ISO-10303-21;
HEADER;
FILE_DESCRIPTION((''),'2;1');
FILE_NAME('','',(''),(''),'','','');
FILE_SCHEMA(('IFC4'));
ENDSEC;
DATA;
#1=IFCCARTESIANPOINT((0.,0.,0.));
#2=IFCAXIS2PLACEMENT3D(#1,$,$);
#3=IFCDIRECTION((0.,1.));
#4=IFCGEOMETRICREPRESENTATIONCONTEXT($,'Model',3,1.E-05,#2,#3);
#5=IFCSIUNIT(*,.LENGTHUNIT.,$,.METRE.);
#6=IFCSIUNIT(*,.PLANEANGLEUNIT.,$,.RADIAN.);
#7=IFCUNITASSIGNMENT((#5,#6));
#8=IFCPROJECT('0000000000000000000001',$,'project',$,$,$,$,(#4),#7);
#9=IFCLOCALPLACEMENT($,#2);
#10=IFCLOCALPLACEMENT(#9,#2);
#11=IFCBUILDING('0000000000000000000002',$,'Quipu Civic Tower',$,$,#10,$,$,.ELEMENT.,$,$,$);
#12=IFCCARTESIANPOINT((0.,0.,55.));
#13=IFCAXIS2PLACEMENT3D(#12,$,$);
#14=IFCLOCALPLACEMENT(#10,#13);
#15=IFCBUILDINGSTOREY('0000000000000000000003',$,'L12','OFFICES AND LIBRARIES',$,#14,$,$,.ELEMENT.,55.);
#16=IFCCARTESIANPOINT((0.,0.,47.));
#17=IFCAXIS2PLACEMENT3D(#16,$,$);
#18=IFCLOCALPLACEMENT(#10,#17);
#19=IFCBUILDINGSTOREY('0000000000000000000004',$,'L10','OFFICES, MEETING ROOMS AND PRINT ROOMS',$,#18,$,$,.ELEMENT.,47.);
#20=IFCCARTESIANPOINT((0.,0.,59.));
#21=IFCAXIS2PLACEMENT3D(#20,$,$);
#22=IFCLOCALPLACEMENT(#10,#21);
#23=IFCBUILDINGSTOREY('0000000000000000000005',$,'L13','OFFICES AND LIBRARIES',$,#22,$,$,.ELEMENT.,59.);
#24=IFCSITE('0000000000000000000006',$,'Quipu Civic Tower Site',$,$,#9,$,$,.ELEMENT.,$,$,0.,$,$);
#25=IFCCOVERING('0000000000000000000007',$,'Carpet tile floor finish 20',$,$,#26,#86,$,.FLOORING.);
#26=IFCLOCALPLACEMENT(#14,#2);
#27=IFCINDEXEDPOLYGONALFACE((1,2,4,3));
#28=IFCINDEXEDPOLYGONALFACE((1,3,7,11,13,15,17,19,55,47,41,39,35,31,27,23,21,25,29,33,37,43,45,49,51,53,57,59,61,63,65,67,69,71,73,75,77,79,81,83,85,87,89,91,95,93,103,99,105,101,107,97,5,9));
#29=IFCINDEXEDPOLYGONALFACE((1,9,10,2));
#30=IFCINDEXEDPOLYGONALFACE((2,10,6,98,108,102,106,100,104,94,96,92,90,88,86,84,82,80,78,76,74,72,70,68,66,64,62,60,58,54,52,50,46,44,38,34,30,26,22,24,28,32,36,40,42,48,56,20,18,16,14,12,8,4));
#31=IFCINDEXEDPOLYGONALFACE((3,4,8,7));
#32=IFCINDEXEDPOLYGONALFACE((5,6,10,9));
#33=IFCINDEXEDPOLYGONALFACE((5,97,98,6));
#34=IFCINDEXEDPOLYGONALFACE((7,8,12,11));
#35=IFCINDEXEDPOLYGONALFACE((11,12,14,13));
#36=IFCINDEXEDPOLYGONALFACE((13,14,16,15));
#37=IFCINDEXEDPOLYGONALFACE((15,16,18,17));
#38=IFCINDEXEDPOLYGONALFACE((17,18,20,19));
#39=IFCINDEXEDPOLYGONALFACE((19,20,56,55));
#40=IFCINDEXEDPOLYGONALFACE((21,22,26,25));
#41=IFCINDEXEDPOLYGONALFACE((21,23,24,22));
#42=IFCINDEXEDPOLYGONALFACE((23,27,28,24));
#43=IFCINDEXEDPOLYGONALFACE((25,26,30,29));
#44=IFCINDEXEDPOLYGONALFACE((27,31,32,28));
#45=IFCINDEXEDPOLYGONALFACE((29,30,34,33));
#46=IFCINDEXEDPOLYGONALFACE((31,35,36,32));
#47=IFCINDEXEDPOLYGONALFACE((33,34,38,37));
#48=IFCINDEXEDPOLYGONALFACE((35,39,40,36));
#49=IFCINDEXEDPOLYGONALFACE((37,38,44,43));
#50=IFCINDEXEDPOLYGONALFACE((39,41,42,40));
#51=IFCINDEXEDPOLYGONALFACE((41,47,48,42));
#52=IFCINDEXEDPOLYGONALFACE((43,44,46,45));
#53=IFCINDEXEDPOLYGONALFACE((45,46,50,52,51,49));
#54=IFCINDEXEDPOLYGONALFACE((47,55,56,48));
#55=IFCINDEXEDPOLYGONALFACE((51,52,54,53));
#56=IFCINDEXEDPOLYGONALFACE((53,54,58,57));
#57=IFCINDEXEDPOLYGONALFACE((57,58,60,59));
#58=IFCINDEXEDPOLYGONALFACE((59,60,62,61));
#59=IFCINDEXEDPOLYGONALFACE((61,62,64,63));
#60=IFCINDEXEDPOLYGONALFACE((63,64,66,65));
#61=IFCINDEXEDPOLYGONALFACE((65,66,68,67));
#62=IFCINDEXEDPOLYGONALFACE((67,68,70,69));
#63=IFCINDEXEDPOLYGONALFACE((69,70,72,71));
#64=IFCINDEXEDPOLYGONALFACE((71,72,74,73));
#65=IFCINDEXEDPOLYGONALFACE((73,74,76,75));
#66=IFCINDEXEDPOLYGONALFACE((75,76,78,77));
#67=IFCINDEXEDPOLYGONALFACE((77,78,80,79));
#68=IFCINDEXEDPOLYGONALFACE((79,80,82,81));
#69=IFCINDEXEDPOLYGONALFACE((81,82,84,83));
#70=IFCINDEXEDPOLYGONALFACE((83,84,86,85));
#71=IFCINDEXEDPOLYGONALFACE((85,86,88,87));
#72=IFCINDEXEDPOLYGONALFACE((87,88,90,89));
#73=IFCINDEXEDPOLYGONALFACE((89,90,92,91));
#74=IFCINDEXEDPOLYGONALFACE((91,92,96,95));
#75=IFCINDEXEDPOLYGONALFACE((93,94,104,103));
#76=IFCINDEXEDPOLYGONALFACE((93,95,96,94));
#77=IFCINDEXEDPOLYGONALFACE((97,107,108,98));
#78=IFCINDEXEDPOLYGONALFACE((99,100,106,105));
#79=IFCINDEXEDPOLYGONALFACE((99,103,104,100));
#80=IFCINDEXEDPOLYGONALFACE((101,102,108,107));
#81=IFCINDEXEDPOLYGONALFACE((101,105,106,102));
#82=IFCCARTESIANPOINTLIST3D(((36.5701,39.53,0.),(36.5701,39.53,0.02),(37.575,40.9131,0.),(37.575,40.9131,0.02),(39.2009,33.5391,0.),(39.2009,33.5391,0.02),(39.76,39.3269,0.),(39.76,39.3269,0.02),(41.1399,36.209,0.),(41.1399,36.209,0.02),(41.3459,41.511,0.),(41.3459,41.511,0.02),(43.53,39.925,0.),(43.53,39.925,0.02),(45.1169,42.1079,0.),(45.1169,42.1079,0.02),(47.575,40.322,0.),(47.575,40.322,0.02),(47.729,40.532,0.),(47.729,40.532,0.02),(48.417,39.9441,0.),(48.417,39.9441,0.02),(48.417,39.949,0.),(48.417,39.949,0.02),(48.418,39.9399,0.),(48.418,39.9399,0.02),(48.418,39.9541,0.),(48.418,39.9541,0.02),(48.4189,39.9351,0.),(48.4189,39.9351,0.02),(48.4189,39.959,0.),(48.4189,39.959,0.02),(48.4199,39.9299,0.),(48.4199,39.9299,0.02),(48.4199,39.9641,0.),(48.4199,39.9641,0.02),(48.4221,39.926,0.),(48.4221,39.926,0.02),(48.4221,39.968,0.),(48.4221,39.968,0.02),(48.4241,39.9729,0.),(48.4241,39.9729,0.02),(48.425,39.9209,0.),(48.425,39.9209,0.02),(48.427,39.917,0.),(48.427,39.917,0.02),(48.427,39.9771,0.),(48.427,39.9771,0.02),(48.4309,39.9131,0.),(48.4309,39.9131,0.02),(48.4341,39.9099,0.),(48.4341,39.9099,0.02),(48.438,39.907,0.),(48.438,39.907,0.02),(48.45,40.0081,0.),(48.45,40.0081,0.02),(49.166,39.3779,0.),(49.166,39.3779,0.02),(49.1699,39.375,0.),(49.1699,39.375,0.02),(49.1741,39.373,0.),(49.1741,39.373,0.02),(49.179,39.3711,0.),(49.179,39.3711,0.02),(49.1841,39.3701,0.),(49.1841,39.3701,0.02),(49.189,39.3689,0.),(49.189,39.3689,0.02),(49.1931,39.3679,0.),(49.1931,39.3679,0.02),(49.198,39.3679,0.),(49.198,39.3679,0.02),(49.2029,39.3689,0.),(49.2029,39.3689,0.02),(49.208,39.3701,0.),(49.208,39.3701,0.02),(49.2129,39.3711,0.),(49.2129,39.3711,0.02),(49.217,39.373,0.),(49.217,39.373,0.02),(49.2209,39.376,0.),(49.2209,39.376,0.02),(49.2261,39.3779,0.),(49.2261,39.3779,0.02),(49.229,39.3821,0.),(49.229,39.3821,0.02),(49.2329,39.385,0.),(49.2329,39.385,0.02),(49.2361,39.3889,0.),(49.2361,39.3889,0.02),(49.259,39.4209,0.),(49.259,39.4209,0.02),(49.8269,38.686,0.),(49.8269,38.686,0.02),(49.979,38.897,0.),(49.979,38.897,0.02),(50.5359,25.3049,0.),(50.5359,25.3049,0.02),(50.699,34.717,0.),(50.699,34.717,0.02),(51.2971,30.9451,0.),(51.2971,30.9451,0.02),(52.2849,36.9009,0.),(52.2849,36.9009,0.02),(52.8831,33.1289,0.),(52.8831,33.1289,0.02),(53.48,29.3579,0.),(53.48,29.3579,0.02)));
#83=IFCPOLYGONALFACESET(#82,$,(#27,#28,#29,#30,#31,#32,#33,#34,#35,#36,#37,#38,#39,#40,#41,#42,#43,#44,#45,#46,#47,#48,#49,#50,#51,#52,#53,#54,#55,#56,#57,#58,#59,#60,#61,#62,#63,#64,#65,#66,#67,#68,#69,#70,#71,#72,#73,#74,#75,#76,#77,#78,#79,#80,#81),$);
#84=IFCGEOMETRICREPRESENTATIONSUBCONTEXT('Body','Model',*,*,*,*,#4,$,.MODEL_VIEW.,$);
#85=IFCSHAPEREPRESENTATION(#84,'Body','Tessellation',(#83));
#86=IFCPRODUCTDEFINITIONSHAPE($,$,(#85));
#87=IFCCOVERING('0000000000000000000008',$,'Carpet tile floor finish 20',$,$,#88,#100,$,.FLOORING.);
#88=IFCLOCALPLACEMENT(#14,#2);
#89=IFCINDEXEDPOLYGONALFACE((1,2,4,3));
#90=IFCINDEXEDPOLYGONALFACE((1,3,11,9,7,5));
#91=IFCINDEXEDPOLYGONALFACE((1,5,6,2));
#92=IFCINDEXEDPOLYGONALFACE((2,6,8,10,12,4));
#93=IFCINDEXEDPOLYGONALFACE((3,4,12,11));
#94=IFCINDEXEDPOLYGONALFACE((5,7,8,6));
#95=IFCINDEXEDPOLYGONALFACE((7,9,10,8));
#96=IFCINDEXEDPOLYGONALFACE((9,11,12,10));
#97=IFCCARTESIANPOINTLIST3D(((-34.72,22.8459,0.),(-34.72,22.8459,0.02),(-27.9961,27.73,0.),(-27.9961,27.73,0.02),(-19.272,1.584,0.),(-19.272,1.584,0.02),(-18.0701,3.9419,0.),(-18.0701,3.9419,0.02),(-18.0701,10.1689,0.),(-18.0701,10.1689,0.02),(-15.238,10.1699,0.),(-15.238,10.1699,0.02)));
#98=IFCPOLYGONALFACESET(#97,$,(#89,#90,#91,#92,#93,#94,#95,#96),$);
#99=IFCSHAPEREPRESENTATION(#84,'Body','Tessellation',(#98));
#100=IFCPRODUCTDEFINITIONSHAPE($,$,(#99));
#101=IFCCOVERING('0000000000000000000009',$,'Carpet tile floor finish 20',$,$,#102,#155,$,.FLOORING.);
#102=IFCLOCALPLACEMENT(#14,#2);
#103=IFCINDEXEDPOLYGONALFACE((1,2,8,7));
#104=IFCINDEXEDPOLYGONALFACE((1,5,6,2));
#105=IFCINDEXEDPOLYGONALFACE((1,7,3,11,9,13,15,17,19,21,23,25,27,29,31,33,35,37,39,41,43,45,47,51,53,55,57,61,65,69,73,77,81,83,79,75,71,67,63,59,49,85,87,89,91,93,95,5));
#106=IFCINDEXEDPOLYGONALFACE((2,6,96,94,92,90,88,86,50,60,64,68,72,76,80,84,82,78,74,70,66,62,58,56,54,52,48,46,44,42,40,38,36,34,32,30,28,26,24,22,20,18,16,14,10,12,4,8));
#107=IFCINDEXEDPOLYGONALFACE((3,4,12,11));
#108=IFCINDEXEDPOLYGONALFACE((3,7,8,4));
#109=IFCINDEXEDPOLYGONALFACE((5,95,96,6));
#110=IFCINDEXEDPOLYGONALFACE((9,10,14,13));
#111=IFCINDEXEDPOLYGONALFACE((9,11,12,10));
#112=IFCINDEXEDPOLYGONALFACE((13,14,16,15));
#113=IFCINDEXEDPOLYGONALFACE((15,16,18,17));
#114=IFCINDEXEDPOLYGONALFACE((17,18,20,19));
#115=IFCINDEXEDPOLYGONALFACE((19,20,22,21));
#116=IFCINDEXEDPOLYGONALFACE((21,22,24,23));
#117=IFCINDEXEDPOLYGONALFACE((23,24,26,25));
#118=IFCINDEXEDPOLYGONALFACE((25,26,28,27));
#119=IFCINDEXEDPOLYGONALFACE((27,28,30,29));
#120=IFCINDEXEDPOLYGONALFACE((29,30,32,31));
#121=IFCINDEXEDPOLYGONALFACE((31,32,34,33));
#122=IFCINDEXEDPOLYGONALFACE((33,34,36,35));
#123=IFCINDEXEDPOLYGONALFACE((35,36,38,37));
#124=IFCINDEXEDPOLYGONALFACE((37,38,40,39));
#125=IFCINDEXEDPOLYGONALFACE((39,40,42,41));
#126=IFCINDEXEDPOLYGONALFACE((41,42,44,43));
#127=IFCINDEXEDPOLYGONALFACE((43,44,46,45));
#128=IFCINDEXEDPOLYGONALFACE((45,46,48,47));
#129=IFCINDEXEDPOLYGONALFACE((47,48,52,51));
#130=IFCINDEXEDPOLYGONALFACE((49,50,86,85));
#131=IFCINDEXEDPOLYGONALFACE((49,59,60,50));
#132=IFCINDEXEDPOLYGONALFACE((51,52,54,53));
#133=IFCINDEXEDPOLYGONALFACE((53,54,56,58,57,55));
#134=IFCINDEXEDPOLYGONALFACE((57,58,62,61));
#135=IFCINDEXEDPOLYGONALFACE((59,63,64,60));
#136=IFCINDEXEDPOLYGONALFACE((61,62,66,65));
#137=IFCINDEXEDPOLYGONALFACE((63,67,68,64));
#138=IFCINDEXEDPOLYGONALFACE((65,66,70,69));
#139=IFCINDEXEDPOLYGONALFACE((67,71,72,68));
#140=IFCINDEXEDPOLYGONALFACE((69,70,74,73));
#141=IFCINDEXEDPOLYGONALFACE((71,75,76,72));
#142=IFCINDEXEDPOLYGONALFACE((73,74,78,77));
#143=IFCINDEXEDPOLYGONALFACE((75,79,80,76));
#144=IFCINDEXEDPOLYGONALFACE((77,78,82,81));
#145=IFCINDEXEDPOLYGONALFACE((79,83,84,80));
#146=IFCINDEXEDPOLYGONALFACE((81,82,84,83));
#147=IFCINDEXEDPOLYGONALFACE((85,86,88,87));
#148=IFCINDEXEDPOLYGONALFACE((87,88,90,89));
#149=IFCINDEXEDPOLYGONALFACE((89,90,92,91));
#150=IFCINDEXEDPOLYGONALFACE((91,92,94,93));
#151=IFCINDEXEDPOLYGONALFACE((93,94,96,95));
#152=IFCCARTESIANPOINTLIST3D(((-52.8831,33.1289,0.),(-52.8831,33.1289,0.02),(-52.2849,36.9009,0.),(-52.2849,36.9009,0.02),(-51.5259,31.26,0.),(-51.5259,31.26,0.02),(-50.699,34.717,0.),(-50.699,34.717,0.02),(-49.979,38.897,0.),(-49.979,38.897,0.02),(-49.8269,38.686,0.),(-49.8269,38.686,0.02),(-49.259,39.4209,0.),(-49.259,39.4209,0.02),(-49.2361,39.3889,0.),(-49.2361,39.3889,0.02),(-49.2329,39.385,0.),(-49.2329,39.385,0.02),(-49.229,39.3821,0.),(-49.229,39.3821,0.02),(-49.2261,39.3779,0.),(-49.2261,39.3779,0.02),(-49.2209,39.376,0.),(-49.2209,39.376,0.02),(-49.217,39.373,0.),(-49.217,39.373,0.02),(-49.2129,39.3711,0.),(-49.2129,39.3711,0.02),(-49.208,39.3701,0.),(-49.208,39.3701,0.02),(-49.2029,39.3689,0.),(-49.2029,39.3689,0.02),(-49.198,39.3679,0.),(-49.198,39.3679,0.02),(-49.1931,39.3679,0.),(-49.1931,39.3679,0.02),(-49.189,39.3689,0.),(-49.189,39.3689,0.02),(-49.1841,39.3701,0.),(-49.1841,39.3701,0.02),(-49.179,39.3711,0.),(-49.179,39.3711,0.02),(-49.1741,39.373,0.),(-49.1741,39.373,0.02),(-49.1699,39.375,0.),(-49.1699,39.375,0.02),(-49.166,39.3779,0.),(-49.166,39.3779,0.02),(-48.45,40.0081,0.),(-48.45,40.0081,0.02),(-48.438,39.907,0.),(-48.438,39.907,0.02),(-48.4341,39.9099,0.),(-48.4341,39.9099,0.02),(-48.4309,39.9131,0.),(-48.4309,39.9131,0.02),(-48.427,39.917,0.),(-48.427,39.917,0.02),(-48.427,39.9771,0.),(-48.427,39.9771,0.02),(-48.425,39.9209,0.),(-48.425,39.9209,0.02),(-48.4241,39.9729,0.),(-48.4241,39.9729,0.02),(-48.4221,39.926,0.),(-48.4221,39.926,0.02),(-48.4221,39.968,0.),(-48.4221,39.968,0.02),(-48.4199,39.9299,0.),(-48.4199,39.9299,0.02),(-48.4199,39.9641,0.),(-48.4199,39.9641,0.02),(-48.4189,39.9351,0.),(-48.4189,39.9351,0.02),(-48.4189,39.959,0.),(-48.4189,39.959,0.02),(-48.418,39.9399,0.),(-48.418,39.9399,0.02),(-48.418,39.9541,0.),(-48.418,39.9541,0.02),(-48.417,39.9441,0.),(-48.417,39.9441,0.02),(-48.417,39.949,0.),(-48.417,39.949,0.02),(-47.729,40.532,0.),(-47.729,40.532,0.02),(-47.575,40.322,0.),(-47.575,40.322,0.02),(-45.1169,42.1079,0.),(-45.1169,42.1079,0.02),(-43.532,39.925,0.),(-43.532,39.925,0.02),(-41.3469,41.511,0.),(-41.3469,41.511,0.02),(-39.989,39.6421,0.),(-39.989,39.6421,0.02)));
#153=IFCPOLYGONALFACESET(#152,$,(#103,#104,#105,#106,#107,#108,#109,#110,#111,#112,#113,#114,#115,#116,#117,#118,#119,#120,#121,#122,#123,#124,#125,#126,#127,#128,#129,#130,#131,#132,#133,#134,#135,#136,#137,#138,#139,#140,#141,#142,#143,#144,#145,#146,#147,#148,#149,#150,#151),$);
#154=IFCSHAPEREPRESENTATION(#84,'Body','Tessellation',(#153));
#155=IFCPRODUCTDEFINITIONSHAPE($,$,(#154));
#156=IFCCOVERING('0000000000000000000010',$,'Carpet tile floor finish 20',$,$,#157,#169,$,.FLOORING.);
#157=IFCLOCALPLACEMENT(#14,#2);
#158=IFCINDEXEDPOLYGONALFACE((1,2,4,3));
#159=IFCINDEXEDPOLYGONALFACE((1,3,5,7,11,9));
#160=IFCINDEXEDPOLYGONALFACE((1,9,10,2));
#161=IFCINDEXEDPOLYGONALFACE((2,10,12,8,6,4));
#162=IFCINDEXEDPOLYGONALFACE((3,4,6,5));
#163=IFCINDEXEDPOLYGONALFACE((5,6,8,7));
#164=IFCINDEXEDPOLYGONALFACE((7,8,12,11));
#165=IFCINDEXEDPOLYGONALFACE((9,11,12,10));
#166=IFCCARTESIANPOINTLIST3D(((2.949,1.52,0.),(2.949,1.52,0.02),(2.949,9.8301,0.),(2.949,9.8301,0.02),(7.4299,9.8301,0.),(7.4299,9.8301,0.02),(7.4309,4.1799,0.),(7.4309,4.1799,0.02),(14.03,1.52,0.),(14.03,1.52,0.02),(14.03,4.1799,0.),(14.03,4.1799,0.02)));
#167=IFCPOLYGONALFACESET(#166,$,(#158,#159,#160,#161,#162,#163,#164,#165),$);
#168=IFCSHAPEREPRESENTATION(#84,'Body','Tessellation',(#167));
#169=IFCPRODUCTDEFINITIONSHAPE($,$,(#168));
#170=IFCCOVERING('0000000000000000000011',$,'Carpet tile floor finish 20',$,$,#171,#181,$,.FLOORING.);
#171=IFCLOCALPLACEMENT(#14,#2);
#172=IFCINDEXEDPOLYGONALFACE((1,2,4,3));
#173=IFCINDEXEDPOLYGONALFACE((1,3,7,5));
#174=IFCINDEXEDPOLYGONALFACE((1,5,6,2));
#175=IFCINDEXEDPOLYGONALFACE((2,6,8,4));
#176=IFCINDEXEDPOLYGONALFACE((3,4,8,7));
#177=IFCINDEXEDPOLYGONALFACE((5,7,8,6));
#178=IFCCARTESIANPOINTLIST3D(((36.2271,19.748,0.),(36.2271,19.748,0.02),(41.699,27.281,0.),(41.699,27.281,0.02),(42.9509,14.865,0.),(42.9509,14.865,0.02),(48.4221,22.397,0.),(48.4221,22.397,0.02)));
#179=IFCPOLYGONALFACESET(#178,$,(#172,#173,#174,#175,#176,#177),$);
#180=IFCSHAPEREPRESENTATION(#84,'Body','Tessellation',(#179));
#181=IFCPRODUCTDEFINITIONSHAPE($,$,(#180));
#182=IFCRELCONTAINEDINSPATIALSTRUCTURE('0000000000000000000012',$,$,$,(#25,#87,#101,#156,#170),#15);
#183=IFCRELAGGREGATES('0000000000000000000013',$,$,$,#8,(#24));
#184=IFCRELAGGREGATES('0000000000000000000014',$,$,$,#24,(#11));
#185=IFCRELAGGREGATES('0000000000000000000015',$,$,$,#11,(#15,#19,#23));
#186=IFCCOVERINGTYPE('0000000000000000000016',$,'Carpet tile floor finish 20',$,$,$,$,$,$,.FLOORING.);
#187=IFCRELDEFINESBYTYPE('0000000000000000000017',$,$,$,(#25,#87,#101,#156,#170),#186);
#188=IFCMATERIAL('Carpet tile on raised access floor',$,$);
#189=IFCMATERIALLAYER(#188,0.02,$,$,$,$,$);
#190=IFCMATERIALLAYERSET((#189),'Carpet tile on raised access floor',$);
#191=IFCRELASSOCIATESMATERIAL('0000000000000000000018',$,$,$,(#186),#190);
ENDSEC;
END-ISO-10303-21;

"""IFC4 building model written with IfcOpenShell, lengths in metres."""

from ifc_helpers import new_model, si_unit, direction, frame, origin, place, context, subcontext, project, spatial, polyline, outline, extrude, material, layer, layer_set, type_object, element, save


model = new_model("IFC4")

# Units and contexts
model_context = context("Model", 3, precision=1e-05, world=origin(), true_north=direction((0.0, 1.0)))
body_context = subcontext(model_context, "Body", "Model", "MODEL_VIEW")
ifc_project = project(units=[si_unit("LENGTHUNIT", "METRE"), si_unit("PLANEANGLEUNIT", "RADIAN")], contexts=[model_context])

# Site, building, storey
site_placement = place(None, origin())
site = spatial("IfcSite", under=ifc_project, at=site_placement, Name="Quipu Civic Tower Site", CompositionType="ELEMENT", RefElevation=0.0)
building_placement = place(site_placement, origin())
building = spatial("IfcBuilding", under=site, at=building_placement, Name="Quipu Civic Tower", CompositionType="ELEMENT")
storey_1_placement = place(building_placement, frame((0.0, 0.0, 55.0)))
storey_1 = spatial("IfcBuildingStorey", under=building, at=storey_1_placement, Name="L12", Description="OFFICES AND LIBRARIES", CompositionType="ELEMENT", Elevation=55.0)

# Shared definitions
storey_2_placement = place(building_placement, frame((0.0, 0.0, 47.0)))
storey_2 = spatial("IfcBuildingStorey", under=building, at=storey_2_placement, Name="L10", Description="OFFICES, MEETING ROOMS AND PRINT ROOMS", CompositionType="ELEMENT", Elevation=47.0)

# Shared definitions
storey_3_placement = place(building_placement, frame((0.0, 0.0, 59.0)))
storey_3 = spatial("IfcBuildingStorey", under=building, at=storey_3_placement, Name="L13", Description="OFFICES AND LIBRARIES", CompositionType="ELEMENT", Elevation=59.0)

# Coverings
ifc_material_1 = material(Name="Carpet tile on raised access floor")
ifc_layer_1 = layer(ifc_material_1, 0.02)
ifc_layer_set_1 = layer_set([ifc_layer_1], Name="Carpet tile on raised access floor")
covering_type_1 = type_object("IfcCoveringType", Name="Carpet tile floor finish 20", PredefinedType="FLOORING", material=ifc_layer_set_1)
covering_1_placement = place(storey_1_placement, origin())
element("IfcCovering", 1, at=covering_1_placement, inside=storey_1, type_object=covering_type_1, Name="Carpet tile floor finish 20", PredefinedType="FLOORING", context=body_context, shape_type="SweptSolid", body=[
    extrude(outline(polyline([(36.5701, 39.53), (37.575, 40.9131), (39.76, 39.3269), (41.3459, 41.511), (43.53, 39.925), (45.1169, 42.1079), (47.575, 40.322), (47.729, 40.532), (48.45, 40.0081), (48.427, 39.9771), (48.4241, 39.9729), (48.4221, 39.968), (48.4199, 39.9641), (48.4189, 39.959), (48.418, 39.9541), (48.417, 39.949), (48.417, 39.9441), (48.418, 39.9399), (48.4189, 39.9351), (48.4199, 39.9299), (48.4221, 39.926), (48.425, 39.9209), (48.427, 39.917), (48.4309, 39.9131), (48.4341, 39.9099), (48.438, 39.907), (49.166, 39.3779), (49.1699, 39.375), (49.1741, 39.373), (49.179, 39.3711), (49.1841, 39.3701), (49.189, 39.3689), (49.1931, 39.3679), (49.198, 39.3679), (49.2029, 39.3689), (49.208, 39.3701), (49.2129, 39.3711), (49.217, 39.373), (49.2209, 39.376), (49.2261, 39.3779), (49.229, 39.3821), (49.2329, 39.385), (49.2361, 39.3889), (49.259, 39.4209), (49.979, 38.897), (49.8269, 38.686), (52.2849, 36.9009), (50.699, 34.717), (52.8831, 33.1289), (51.2971, 30.9451), (53.48, 29.3579), (50.5359, 25.3049), (39.2009, 33.5391), (41.1399, 36.209), (36.5701, 39.53)])), origin(), (0.0, 0.0, 1.0), 0.02),
])
covering_2_placement = place(storey_1_placement, origin())
element("IfcCovering", 2, at=covering_2_placement, inside=storey_1, type_object=covering_type_1, Name="Carpet tile floor finish 20", PredefinedType="FLOORING", context=body_context, shape_type="SweptSolid", body=[
    extrude(outline(polyline([(-34.72, 22.8459), (-27.9961, 27.73), (-15.238, 10.1699), (-18.0701, 10.1689), (-18.0701, 3.9419), (-19.272, 1.584), (-34.72, 22.8459)])), origin(), (0.0, 0.0, 1.0), 0.02),
])
covering_3_placement = place(storey_1_placement, origin())
element("IfcCovering", 3, at=covering_3_placement, inside=storey_1, type_object=covering_type_1, Name="Carpet tile floor finish 20", PredefinedType="FLOORING", context=body_context, shape_type="SweptSolid", body=[
    extrude(outline(polyline([(-52.8831, 33.1289), (-50.699, 34.717), (-52.2849, 36.9009), (-49.8269, 38.686), (-49.979, 38.897), (-49.259, 39.4209), (-49.2361, 39.3889), (-49.2329, 39.385), (-49.229, 39.3821), (-49.2261, 39.3779), (-49.2209, 39.376), (-49.217, 39.373), (-49.2129, 39.3711), (-49.208, 39.3701), (-49.2029, 39.3689), (-49.198, 39.3679), (-49.1931, 39.3679), (-49.189, 39.3689), (-49.1841, 39.3701), (-49.179, 39.3711), (-49.1741, 39.373), (-49.1699, 39.375), (-49.166, 39.3779), (-48.438, 39.907), (-48.4341, 39.9099), (-48.4309, 39.9131), (-48.427, 39.917), (-48.425, 39.9209), (-48.4221, 39.926), (-48.4199, 39.9299), (-48.4189, 39.9351), (-48.418, 39.9399), (-48.417, 39.9441), (-48.417, 39.949), (-48.418, 39.9541), (-48.4189, 39.959), (-48.4199, 39.9641), (-48.4221, 39.968), (-48.4241, 39.9729), (-48.427, 39.9771), (-48.45, 40.0081), (-47.729, 40.532), (-47.575, 40.322), (-45.1169, 42.1079), (-43.532, 39.925), (-41.3469, 41.511), (-39.989, 39.6421), (-51.5259, 31.26), (-52.8831, 33.1289)])), origin(), (0.0, 0.0, 1.0), 0.02),
])
covering_4_placement = place(storey_1_placement, origin())
element("IfcCovering", 4, at=covering_4_placement, inside=storey_1, type_object=covering_type_1, Name="Carpet tile floor finish 20", PredefinedType="FLOORING", context=body_context, shape_type="SweptSolid", body=[
    extrude(outline(polyline([(2.949, 1.52), (2.949, 9.8301), (7.4299, 9.8301), (7.4309, 4.1799), (14.03, 4.1799), (14.03, 1.52), (2.949, 1.52)])), origin(), (0.0, 0.0, 1.0), 0.02),
])
covering_5_placement = place(storey_1_placement, origin())
element("IfcCovering", 5, at=covering_5_placement, inside=storey_1, type_object=covering_type_1, Name="Carpet tile floor finish 20", PredefinedType="FLOORING", context=body_context, shape_type="SweptSolid", body=[
    extrude(outline(polyline([(36.2271, 19.748), (41.699, 27.281), (48.4221, 22.397), (42.9509, 14.865), (36.2271, 19.748)])), origin(), (0.0, 0.0, 1.0), 0.02),
])

save(model, "model.ifc")
